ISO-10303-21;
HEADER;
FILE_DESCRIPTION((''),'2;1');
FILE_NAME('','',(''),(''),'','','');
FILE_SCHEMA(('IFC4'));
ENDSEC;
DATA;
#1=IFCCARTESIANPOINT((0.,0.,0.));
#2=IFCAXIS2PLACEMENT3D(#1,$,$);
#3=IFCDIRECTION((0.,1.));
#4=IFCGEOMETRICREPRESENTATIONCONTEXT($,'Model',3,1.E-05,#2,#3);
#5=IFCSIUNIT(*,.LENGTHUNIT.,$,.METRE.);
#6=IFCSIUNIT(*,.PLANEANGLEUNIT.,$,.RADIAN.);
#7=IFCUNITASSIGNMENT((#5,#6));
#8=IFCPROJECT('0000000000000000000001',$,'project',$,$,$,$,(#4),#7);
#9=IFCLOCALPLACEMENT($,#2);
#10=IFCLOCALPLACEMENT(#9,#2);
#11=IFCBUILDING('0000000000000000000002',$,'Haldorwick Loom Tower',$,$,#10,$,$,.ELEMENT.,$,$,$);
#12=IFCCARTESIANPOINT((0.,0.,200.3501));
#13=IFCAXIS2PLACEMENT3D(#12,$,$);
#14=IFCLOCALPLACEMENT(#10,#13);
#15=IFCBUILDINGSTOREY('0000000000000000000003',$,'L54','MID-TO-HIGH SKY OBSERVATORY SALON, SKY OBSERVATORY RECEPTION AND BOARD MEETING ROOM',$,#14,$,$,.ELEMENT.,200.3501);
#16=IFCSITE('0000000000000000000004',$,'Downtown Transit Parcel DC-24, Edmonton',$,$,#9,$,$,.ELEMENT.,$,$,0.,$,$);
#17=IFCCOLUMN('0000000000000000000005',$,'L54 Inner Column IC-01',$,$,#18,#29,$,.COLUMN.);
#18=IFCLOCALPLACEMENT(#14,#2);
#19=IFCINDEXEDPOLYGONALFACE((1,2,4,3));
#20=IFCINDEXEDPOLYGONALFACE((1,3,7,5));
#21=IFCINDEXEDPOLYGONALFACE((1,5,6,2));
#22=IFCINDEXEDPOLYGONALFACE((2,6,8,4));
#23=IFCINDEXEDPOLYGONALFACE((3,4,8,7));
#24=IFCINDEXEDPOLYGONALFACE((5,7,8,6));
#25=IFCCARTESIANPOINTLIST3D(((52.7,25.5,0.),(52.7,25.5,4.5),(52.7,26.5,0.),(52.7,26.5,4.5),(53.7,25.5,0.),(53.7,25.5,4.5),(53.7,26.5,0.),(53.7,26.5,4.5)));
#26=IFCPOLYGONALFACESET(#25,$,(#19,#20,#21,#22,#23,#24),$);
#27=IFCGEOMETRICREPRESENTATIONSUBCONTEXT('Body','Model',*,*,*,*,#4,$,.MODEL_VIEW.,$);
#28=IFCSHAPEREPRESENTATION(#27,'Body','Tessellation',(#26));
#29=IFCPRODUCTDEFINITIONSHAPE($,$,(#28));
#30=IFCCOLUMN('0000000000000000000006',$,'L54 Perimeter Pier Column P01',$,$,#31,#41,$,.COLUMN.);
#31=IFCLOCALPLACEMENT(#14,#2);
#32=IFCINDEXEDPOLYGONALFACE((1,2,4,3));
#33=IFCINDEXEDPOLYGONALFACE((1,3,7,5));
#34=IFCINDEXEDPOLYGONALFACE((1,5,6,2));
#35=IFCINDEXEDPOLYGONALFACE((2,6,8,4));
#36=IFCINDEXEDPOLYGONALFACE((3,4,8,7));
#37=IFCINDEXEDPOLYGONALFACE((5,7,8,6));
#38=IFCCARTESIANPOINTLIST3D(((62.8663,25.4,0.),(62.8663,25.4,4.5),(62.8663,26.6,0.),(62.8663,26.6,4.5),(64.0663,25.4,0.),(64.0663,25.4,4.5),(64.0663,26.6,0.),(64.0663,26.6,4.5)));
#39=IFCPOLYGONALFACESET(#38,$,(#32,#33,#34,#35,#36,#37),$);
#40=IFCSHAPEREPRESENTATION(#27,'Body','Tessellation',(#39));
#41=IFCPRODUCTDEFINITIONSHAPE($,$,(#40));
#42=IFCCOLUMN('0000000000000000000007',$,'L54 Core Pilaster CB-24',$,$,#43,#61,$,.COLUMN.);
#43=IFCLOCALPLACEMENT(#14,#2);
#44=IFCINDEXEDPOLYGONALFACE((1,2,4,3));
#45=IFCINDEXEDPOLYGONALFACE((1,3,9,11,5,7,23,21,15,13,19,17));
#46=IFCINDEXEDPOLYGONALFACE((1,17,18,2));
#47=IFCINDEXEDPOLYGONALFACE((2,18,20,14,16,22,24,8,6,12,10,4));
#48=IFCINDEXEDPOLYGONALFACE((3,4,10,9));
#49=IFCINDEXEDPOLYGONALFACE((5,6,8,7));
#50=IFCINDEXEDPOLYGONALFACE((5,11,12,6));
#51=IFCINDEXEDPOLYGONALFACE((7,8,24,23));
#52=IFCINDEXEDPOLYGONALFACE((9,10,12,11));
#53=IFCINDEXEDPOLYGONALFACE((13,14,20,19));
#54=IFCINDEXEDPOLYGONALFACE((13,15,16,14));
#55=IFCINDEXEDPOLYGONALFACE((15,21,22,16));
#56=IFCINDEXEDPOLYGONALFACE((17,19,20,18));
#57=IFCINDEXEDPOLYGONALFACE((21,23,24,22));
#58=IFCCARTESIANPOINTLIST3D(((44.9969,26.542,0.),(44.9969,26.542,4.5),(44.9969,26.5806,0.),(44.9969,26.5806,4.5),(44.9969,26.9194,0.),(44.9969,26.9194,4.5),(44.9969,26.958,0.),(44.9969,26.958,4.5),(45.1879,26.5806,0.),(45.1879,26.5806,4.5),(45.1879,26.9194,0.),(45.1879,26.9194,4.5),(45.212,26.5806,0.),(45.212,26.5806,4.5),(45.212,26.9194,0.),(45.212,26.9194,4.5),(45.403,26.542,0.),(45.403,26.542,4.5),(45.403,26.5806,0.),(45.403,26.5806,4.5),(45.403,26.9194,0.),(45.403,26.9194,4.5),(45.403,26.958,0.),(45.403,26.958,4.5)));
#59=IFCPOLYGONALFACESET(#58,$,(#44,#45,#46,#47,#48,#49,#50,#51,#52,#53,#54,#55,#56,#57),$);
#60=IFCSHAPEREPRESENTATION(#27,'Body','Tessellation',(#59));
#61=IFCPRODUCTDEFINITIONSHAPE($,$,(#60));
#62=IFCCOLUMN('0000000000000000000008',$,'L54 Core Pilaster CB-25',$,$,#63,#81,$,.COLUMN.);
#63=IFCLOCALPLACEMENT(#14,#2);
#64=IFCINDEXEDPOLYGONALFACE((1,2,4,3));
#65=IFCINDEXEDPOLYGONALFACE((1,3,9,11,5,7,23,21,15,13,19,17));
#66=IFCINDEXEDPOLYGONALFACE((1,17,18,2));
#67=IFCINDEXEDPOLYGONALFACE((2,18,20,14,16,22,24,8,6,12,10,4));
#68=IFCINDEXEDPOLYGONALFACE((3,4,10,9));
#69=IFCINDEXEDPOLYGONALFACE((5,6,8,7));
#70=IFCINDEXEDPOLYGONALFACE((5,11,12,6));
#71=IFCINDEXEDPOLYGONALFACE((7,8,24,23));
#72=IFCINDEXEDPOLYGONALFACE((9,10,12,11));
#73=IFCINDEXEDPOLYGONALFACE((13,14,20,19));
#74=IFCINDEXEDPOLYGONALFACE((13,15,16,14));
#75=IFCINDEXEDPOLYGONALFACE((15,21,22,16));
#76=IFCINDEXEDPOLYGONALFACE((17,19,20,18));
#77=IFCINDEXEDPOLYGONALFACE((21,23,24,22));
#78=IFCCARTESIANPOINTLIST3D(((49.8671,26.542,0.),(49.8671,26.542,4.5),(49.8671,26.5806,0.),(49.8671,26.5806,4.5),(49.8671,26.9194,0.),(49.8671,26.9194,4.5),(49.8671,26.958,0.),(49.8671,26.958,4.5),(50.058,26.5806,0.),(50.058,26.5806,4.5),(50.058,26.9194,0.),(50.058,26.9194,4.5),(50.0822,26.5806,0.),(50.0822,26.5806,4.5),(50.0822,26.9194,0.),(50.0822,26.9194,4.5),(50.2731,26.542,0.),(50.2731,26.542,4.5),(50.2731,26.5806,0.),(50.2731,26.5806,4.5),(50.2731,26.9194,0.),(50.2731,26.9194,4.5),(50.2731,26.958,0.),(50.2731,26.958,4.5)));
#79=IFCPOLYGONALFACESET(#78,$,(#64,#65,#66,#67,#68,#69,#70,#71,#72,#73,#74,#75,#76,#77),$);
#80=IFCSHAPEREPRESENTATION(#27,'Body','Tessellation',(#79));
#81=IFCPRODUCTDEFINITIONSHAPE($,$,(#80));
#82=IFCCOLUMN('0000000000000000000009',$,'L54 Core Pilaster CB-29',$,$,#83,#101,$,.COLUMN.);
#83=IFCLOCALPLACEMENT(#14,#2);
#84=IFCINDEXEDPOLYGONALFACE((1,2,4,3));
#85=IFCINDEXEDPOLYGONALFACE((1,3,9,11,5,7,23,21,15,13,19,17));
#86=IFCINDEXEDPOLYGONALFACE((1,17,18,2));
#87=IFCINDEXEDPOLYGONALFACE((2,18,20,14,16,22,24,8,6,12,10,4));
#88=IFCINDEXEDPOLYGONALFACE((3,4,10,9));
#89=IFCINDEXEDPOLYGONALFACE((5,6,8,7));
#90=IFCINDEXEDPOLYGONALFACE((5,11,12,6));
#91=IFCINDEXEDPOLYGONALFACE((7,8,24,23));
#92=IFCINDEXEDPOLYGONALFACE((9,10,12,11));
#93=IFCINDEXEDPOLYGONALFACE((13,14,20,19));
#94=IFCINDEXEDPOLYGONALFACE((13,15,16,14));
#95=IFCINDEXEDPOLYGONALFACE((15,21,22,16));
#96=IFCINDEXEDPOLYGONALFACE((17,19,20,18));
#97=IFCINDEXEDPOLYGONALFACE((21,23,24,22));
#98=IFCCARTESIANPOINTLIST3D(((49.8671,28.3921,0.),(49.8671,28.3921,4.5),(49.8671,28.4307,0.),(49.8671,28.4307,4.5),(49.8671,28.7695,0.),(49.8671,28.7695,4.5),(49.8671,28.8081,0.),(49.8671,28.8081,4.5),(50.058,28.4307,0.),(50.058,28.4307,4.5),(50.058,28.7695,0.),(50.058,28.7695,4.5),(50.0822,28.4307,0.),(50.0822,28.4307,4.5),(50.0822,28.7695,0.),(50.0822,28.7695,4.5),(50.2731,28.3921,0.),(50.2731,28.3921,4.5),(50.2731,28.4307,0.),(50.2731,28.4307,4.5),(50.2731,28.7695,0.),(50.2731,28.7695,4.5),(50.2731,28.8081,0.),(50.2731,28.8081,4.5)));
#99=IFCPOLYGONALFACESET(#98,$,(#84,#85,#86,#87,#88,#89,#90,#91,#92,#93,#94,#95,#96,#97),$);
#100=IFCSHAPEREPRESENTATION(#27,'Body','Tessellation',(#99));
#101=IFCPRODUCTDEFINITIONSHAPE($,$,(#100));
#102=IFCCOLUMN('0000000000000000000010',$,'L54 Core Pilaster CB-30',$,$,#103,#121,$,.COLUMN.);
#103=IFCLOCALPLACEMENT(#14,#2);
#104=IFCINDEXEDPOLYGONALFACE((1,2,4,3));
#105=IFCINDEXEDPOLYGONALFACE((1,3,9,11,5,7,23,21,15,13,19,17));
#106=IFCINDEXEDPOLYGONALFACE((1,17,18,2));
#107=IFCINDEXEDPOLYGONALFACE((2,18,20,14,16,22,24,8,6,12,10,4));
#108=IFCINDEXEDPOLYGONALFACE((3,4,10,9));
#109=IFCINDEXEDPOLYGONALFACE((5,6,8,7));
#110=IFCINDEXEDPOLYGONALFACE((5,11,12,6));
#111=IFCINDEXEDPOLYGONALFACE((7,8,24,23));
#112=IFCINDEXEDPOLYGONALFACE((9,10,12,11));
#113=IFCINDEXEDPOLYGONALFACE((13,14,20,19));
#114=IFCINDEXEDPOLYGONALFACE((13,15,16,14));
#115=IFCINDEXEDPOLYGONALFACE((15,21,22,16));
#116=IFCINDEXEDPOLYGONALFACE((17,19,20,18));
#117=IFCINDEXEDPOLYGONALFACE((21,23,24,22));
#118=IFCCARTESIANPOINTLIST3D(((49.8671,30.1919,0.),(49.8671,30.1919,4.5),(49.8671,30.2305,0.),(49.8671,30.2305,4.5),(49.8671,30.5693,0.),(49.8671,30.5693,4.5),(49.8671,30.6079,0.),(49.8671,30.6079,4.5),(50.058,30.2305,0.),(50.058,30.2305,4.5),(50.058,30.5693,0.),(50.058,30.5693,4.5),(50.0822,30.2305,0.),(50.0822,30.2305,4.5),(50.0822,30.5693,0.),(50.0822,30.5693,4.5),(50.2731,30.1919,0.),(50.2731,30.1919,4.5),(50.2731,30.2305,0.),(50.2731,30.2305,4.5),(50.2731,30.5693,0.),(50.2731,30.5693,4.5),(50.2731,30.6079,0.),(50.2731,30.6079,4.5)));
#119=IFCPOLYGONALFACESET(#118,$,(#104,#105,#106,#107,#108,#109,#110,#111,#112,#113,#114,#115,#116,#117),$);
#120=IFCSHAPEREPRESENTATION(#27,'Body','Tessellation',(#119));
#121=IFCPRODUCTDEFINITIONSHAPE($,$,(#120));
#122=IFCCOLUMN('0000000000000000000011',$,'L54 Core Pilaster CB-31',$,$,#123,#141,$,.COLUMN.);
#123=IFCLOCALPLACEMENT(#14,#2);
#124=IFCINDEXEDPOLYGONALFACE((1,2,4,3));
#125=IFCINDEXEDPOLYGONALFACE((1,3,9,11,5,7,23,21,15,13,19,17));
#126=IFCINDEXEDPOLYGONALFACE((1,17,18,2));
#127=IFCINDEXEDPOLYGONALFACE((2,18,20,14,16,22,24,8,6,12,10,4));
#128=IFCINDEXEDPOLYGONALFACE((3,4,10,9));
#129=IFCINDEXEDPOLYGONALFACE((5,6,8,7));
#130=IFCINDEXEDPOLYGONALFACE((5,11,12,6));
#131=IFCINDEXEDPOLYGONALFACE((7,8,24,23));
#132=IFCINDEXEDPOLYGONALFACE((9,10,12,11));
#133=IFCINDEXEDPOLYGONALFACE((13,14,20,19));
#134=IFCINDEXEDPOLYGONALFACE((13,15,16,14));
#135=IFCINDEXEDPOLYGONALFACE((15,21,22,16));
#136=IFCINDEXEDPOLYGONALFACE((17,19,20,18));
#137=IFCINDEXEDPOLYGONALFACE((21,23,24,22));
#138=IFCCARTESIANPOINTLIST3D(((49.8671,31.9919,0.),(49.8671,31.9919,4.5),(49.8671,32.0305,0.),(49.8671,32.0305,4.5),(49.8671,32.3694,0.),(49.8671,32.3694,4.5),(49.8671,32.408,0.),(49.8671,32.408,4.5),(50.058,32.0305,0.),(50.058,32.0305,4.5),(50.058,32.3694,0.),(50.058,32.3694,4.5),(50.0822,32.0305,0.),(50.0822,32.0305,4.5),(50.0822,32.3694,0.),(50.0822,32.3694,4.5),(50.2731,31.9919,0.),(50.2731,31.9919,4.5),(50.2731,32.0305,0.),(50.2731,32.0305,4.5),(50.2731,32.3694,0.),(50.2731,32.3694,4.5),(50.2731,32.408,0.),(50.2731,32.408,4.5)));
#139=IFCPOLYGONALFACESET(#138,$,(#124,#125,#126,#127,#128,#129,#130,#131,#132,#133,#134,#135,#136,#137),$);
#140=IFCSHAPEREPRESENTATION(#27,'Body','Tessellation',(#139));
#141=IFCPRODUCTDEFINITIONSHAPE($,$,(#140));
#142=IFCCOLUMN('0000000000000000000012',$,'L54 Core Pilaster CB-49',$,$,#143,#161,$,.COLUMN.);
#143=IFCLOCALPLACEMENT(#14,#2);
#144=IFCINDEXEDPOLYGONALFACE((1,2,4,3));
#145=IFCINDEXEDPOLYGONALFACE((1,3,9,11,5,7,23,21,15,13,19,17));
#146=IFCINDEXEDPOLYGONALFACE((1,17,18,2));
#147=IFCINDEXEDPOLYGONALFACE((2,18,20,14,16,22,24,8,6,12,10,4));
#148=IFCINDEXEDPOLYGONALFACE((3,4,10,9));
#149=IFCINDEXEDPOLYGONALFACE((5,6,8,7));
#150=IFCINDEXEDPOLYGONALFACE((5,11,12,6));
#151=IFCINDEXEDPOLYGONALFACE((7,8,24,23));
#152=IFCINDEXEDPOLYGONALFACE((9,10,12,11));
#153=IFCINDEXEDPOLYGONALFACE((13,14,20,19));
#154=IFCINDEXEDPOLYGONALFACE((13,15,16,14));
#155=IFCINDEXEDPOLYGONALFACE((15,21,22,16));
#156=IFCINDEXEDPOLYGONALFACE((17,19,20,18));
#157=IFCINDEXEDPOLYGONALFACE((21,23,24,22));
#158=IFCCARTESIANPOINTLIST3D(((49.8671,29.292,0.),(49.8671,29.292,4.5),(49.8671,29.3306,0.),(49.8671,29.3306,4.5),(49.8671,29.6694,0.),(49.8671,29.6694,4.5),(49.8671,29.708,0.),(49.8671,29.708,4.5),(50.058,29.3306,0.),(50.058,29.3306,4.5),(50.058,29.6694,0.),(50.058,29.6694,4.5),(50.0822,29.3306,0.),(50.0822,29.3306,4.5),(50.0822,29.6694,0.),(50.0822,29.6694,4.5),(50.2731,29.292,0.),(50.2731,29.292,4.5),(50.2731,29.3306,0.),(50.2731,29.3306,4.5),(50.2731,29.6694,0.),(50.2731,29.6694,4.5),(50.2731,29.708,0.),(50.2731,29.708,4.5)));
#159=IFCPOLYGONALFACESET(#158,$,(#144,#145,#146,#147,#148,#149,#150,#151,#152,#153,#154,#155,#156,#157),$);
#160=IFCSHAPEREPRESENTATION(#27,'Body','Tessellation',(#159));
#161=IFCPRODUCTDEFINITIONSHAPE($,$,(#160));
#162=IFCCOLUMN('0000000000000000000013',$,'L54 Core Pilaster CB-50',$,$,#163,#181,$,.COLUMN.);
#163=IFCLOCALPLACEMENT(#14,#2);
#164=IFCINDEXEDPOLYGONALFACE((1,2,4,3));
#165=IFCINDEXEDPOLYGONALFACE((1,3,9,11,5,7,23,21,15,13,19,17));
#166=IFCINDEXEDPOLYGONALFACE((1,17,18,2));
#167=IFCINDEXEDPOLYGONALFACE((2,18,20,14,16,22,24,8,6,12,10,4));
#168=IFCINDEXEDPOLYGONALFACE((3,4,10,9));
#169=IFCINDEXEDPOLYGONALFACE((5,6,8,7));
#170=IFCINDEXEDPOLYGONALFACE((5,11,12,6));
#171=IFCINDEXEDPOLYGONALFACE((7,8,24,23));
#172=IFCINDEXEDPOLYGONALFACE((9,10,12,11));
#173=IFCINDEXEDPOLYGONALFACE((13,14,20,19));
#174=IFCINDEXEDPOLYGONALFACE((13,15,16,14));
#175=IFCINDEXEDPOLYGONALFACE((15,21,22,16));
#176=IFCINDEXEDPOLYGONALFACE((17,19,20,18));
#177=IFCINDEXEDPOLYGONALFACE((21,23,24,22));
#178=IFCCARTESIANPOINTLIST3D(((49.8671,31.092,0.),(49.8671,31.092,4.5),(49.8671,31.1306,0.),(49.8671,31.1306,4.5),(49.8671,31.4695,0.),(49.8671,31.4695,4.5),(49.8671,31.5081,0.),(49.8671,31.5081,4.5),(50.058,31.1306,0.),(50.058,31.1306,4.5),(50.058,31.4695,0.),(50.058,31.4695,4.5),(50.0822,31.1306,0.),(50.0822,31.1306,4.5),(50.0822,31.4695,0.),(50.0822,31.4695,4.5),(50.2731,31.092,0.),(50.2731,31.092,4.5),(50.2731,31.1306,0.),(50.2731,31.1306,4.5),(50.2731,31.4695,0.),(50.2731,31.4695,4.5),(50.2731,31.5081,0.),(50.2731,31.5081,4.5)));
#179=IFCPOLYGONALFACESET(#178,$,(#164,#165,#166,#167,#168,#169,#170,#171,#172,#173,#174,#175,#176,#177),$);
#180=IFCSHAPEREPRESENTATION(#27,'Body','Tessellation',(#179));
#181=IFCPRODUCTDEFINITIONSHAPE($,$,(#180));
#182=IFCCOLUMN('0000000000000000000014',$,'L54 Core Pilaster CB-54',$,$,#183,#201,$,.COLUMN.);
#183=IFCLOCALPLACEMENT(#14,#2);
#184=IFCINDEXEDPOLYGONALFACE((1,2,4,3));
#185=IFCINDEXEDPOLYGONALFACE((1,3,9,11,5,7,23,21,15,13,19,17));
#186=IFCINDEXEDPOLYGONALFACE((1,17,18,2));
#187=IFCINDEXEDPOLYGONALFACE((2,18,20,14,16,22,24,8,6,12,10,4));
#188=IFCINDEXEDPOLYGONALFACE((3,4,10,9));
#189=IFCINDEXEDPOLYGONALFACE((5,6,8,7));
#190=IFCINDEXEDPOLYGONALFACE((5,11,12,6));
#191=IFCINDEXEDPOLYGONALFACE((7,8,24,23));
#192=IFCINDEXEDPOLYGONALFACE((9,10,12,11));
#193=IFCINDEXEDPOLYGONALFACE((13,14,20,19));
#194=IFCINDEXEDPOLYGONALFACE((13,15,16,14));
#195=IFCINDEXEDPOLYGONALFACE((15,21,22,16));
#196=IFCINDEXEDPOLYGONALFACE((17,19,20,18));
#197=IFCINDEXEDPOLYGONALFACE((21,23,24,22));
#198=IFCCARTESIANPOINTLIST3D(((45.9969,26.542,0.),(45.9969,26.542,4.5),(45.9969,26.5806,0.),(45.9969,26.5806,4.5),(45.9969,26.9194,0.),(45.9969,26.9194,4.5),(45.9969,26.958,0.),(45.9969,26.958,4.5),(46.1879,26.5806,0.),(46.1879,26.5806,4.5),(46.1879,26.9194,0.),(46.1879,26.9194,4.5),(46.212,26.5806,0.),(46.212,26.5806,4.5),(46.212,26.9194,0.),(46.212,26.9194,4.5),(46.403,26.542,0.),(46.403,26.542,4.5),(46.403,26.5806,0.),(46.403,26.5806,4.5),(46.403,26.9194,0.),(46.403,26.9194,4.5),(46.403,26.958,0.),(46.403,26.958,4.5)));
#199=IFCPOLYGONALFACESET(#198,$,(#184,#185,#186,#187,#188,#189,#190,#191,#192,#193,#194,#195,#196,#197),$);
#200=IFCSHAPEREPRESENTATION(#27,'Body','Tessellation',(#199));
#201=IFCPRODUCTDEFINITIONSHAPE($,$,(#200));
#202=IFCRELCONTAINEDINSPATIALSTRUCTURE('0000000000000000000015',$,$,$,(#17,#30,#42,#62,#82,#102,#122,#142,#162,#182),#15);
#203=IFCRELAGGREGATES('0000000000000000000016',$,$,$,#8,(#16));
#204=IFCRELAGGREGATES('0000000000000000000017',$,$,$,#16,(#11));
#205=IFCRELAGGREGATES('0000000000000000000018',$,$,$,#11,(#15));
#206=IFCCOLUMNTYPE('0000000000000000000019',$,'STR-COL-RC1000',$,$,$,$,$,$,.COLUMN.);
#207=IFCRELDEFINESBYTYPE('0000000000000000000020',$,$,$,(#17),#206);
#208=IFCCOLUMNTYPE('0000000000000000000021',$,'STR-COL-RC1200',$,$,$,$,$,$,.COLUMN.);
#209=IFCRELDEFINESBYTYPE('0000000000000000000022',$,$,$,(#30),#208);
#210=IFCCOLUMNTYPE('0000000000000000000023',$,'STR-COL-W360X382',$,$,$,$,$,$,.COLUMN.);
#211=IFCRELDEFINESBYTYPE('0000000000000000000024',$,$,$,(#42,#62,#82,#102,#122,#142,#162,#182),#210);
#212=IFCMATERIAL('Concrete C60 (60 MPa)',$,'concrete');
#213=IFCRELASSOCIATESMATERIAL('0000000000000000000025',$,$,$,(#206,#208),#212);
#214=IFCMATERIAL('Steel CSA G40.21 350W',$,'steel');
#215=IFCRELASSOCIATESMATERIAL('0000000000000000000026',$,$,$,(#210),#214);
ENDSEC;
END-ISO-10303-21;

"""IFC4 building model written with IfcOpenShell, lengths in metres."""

from ifc_helpers import new_model, si_unit, direction, frame, origin, origin_2d, place, context, subcontext, project, spatial, rectangle, i_section, extrude, material, material_profile, profile_set, type_object, element, save


model = new_model("IFC4")

# Units and contexts
model_context = context("Model", 3, precision=1e-05, world=origin(), true_north=direction((0.0, 1.0)))
body_context = subcontext(model_context, "Body", "Model", "MODEL_VIEW")
ifc_project = project(units=[si_unit("LENGTHUNIT", "METRE"), si_unit("PLANEANGLEUNIT", "RADIAN")], contexts=[model_context])

# Site, building, storey
site_placement = place(None, origin())
site = spatial("IfcSite", under=ifc_project, at=site_placement, Name="Downtown Transit Parcel DC-24, Edmonton", CompositionType="ELEMENT", RefElevation=0.0)
building_placement = place(site_placement, origin())
building = spatial("IfcBuilding", under=site, at=building_placement, Name="Haldorwick Loom Tower", CompositionType="ELEMENT")
storey_placement = place(building_placement, frame((0.0, 0.0, 200.3501)))
storey = spatial("IfcBuildingStorey", under=building, at=storey_placement, Name="L54", Description="MID-TO-HIGH SKY OBSERVATORY SALON, SKY OBSERVATORY RECEPTION AND BOARD MEETING ROOM", CompositionType="ELEMENT", Elevation=200.3501)

# Columns
ifc_material_1 = material(Name="Concrete C60 (60 MPa)", Category="concrete")
ifc_material_profile_1 = material_profile(ifc_material_1, rectangle(XDim=1.0, YDim=1.0, at=origin_2d()), Name="RC1000X1000", Category="concrete")
ifc_profile_set_1 = profile_set([ifc_material_profile_1], Name="Concrete C60 (60 MPa)")
column_type_1 = type_object("IfcColumnType", Name="STR-COL-RC1000", PredefinedType="COLUMN", material=ifc_profile_set_1)
column_1_placement = place(storey_placement, frame((53.2, 26.0, 0.0), z_axis=(0.0, 0.0, 1.0), x_axis=(1.0, 0.0, 0.0)))
element("IfcColumn", 1, at=column_1_placement, inside=storey, type_object=column_type_1, Name="L54 Inner Column IC-01", PredefinedType="COLUMN", context=body_context, shape_type="SweptSolid", body=[
    extrude(rectangle(XDim=1.0, YDim=1.0, at=origin_2d()), origin(), (0.0, 0.0, 1.0), 4.5),
])
ifc_material_profile_2 = material_profile(ifc_material_1, rectangle(XDim=1.2, YDim=1.2, at=origin_2d()), Name="RC1200X1200", Category="concrete")
ifc_profile_set_2 = profile_set([ifc_material_profile_2], Name="Concrete C60 (60 MPa)")
column_type_2 = type_object("IfcColumnType", Name="STR-COL-RC1200", PredefinedType="COLUMN", material=ifc_profile_set_2)
column_2_placement = place(storey_placement, frame((63.4663, 26.0, 0.0), z_axis=(0.0, 0.0, 1.0), x_axis=(1.0, 0.0, 0.0)))
element("IfcColumn", 2, at=column_2_placement, inside=storey, type_object=column_type_2, Name="L54 Perimeter Pier Column P01", PredefinedType="COLUMN", context=body_context, shape_type="SweptSolid", body=[
    extrude(rectangle(XDim=1.2, YDim=1.2, at=origin_2d()), origin(), (0.0, 0.0, 1.0), 4.5),
])
ifc_material_2 = material(Name="Steel CSA G40.21 350W", Category="steel")
ifc_material_profile_3 = material_profile(ifc_material_2, i_section(OverallWidth=0.406, OverallDepth=0.416, WebThickness=0.0242, FlangeThickness=0.0386, at=origin_2d()), Name="W360X382", Category="steel")
ifc_profile_set_3 = profile_set([ifc_material_profile_3], Name="Steel CSA G40.21 350W")
column_type_3 = type_object("IfcColumnType", Name="STR-COL-W360X382", PredefinedType="COLUMN", material=ifc_profile_set_3)
for number, where, z_axis, x_axis, name in (
    (3, (45.2, 26.75, 0.0), (0.0, 0.0, 1.0), (1.0, 0.0, 0.0), "L54 Core Pilaster CB-24"),
    (4, (50.0701, 26.75, 0.0), (0.0, 0.0, 1.0), (1.0, 0.0, 0.0), "L54 Core Pilaster CB-25"),
    (5, (50.0701, 28.6001, 0.0), (0.0, 0.0, 1.0), (1.0, 0.0, 0.0), "L54 Core Pilaster CB-29"),
    (6, (50.0701, 30.3999, 0.0), (0.0, 0.0, 1.0), (1.0, 0.0, 0.0), "L54 Core Pilaster CB-30"),
    (7, (50.0701, 32.2, 0.0), (0.0, 0.0, 1.0), (1.0, 0.0, 0.0), "L54 Core Pilaster CB-31"),
    (8, (50.0701, 29.5, 0.0), (0.0, 0.0, 1.0), (1.0, 0.0, 0.0), "L54 Core Pilaster CB-49"),
    (9, (50.0701, 31.3, 0.0), (0.0, 0.0, 1.0), (1.0, 0.0, 0.0), "L54 Core Pilaster CB-50"),
    (10, (46.2, 26.75, 0.0), (0.0, 0.0, 1.0), (1.0, 0.0, 0.0), "L54 Core Pilaster CB-54"),
):
    element("IfcColumn", number, at=place(storey_placement, frame(where, z_axis=z_axis, x_axis=x_axis)), inside=storey, type_object=column_type_3, Name=name, PredefinedType="COLUMN", context=body_context, shape_type="SweptSolid", body=[
        extrude(i_section(OverallWidth=0.406, OverallDepth=0.416, WebThickness=0.0242, FlangeThickness=0.0386, at=origin_2d()), origin(), (0.0, 0.0, 1.0), 4.5),
    ])

save(model, "model.ifc")
